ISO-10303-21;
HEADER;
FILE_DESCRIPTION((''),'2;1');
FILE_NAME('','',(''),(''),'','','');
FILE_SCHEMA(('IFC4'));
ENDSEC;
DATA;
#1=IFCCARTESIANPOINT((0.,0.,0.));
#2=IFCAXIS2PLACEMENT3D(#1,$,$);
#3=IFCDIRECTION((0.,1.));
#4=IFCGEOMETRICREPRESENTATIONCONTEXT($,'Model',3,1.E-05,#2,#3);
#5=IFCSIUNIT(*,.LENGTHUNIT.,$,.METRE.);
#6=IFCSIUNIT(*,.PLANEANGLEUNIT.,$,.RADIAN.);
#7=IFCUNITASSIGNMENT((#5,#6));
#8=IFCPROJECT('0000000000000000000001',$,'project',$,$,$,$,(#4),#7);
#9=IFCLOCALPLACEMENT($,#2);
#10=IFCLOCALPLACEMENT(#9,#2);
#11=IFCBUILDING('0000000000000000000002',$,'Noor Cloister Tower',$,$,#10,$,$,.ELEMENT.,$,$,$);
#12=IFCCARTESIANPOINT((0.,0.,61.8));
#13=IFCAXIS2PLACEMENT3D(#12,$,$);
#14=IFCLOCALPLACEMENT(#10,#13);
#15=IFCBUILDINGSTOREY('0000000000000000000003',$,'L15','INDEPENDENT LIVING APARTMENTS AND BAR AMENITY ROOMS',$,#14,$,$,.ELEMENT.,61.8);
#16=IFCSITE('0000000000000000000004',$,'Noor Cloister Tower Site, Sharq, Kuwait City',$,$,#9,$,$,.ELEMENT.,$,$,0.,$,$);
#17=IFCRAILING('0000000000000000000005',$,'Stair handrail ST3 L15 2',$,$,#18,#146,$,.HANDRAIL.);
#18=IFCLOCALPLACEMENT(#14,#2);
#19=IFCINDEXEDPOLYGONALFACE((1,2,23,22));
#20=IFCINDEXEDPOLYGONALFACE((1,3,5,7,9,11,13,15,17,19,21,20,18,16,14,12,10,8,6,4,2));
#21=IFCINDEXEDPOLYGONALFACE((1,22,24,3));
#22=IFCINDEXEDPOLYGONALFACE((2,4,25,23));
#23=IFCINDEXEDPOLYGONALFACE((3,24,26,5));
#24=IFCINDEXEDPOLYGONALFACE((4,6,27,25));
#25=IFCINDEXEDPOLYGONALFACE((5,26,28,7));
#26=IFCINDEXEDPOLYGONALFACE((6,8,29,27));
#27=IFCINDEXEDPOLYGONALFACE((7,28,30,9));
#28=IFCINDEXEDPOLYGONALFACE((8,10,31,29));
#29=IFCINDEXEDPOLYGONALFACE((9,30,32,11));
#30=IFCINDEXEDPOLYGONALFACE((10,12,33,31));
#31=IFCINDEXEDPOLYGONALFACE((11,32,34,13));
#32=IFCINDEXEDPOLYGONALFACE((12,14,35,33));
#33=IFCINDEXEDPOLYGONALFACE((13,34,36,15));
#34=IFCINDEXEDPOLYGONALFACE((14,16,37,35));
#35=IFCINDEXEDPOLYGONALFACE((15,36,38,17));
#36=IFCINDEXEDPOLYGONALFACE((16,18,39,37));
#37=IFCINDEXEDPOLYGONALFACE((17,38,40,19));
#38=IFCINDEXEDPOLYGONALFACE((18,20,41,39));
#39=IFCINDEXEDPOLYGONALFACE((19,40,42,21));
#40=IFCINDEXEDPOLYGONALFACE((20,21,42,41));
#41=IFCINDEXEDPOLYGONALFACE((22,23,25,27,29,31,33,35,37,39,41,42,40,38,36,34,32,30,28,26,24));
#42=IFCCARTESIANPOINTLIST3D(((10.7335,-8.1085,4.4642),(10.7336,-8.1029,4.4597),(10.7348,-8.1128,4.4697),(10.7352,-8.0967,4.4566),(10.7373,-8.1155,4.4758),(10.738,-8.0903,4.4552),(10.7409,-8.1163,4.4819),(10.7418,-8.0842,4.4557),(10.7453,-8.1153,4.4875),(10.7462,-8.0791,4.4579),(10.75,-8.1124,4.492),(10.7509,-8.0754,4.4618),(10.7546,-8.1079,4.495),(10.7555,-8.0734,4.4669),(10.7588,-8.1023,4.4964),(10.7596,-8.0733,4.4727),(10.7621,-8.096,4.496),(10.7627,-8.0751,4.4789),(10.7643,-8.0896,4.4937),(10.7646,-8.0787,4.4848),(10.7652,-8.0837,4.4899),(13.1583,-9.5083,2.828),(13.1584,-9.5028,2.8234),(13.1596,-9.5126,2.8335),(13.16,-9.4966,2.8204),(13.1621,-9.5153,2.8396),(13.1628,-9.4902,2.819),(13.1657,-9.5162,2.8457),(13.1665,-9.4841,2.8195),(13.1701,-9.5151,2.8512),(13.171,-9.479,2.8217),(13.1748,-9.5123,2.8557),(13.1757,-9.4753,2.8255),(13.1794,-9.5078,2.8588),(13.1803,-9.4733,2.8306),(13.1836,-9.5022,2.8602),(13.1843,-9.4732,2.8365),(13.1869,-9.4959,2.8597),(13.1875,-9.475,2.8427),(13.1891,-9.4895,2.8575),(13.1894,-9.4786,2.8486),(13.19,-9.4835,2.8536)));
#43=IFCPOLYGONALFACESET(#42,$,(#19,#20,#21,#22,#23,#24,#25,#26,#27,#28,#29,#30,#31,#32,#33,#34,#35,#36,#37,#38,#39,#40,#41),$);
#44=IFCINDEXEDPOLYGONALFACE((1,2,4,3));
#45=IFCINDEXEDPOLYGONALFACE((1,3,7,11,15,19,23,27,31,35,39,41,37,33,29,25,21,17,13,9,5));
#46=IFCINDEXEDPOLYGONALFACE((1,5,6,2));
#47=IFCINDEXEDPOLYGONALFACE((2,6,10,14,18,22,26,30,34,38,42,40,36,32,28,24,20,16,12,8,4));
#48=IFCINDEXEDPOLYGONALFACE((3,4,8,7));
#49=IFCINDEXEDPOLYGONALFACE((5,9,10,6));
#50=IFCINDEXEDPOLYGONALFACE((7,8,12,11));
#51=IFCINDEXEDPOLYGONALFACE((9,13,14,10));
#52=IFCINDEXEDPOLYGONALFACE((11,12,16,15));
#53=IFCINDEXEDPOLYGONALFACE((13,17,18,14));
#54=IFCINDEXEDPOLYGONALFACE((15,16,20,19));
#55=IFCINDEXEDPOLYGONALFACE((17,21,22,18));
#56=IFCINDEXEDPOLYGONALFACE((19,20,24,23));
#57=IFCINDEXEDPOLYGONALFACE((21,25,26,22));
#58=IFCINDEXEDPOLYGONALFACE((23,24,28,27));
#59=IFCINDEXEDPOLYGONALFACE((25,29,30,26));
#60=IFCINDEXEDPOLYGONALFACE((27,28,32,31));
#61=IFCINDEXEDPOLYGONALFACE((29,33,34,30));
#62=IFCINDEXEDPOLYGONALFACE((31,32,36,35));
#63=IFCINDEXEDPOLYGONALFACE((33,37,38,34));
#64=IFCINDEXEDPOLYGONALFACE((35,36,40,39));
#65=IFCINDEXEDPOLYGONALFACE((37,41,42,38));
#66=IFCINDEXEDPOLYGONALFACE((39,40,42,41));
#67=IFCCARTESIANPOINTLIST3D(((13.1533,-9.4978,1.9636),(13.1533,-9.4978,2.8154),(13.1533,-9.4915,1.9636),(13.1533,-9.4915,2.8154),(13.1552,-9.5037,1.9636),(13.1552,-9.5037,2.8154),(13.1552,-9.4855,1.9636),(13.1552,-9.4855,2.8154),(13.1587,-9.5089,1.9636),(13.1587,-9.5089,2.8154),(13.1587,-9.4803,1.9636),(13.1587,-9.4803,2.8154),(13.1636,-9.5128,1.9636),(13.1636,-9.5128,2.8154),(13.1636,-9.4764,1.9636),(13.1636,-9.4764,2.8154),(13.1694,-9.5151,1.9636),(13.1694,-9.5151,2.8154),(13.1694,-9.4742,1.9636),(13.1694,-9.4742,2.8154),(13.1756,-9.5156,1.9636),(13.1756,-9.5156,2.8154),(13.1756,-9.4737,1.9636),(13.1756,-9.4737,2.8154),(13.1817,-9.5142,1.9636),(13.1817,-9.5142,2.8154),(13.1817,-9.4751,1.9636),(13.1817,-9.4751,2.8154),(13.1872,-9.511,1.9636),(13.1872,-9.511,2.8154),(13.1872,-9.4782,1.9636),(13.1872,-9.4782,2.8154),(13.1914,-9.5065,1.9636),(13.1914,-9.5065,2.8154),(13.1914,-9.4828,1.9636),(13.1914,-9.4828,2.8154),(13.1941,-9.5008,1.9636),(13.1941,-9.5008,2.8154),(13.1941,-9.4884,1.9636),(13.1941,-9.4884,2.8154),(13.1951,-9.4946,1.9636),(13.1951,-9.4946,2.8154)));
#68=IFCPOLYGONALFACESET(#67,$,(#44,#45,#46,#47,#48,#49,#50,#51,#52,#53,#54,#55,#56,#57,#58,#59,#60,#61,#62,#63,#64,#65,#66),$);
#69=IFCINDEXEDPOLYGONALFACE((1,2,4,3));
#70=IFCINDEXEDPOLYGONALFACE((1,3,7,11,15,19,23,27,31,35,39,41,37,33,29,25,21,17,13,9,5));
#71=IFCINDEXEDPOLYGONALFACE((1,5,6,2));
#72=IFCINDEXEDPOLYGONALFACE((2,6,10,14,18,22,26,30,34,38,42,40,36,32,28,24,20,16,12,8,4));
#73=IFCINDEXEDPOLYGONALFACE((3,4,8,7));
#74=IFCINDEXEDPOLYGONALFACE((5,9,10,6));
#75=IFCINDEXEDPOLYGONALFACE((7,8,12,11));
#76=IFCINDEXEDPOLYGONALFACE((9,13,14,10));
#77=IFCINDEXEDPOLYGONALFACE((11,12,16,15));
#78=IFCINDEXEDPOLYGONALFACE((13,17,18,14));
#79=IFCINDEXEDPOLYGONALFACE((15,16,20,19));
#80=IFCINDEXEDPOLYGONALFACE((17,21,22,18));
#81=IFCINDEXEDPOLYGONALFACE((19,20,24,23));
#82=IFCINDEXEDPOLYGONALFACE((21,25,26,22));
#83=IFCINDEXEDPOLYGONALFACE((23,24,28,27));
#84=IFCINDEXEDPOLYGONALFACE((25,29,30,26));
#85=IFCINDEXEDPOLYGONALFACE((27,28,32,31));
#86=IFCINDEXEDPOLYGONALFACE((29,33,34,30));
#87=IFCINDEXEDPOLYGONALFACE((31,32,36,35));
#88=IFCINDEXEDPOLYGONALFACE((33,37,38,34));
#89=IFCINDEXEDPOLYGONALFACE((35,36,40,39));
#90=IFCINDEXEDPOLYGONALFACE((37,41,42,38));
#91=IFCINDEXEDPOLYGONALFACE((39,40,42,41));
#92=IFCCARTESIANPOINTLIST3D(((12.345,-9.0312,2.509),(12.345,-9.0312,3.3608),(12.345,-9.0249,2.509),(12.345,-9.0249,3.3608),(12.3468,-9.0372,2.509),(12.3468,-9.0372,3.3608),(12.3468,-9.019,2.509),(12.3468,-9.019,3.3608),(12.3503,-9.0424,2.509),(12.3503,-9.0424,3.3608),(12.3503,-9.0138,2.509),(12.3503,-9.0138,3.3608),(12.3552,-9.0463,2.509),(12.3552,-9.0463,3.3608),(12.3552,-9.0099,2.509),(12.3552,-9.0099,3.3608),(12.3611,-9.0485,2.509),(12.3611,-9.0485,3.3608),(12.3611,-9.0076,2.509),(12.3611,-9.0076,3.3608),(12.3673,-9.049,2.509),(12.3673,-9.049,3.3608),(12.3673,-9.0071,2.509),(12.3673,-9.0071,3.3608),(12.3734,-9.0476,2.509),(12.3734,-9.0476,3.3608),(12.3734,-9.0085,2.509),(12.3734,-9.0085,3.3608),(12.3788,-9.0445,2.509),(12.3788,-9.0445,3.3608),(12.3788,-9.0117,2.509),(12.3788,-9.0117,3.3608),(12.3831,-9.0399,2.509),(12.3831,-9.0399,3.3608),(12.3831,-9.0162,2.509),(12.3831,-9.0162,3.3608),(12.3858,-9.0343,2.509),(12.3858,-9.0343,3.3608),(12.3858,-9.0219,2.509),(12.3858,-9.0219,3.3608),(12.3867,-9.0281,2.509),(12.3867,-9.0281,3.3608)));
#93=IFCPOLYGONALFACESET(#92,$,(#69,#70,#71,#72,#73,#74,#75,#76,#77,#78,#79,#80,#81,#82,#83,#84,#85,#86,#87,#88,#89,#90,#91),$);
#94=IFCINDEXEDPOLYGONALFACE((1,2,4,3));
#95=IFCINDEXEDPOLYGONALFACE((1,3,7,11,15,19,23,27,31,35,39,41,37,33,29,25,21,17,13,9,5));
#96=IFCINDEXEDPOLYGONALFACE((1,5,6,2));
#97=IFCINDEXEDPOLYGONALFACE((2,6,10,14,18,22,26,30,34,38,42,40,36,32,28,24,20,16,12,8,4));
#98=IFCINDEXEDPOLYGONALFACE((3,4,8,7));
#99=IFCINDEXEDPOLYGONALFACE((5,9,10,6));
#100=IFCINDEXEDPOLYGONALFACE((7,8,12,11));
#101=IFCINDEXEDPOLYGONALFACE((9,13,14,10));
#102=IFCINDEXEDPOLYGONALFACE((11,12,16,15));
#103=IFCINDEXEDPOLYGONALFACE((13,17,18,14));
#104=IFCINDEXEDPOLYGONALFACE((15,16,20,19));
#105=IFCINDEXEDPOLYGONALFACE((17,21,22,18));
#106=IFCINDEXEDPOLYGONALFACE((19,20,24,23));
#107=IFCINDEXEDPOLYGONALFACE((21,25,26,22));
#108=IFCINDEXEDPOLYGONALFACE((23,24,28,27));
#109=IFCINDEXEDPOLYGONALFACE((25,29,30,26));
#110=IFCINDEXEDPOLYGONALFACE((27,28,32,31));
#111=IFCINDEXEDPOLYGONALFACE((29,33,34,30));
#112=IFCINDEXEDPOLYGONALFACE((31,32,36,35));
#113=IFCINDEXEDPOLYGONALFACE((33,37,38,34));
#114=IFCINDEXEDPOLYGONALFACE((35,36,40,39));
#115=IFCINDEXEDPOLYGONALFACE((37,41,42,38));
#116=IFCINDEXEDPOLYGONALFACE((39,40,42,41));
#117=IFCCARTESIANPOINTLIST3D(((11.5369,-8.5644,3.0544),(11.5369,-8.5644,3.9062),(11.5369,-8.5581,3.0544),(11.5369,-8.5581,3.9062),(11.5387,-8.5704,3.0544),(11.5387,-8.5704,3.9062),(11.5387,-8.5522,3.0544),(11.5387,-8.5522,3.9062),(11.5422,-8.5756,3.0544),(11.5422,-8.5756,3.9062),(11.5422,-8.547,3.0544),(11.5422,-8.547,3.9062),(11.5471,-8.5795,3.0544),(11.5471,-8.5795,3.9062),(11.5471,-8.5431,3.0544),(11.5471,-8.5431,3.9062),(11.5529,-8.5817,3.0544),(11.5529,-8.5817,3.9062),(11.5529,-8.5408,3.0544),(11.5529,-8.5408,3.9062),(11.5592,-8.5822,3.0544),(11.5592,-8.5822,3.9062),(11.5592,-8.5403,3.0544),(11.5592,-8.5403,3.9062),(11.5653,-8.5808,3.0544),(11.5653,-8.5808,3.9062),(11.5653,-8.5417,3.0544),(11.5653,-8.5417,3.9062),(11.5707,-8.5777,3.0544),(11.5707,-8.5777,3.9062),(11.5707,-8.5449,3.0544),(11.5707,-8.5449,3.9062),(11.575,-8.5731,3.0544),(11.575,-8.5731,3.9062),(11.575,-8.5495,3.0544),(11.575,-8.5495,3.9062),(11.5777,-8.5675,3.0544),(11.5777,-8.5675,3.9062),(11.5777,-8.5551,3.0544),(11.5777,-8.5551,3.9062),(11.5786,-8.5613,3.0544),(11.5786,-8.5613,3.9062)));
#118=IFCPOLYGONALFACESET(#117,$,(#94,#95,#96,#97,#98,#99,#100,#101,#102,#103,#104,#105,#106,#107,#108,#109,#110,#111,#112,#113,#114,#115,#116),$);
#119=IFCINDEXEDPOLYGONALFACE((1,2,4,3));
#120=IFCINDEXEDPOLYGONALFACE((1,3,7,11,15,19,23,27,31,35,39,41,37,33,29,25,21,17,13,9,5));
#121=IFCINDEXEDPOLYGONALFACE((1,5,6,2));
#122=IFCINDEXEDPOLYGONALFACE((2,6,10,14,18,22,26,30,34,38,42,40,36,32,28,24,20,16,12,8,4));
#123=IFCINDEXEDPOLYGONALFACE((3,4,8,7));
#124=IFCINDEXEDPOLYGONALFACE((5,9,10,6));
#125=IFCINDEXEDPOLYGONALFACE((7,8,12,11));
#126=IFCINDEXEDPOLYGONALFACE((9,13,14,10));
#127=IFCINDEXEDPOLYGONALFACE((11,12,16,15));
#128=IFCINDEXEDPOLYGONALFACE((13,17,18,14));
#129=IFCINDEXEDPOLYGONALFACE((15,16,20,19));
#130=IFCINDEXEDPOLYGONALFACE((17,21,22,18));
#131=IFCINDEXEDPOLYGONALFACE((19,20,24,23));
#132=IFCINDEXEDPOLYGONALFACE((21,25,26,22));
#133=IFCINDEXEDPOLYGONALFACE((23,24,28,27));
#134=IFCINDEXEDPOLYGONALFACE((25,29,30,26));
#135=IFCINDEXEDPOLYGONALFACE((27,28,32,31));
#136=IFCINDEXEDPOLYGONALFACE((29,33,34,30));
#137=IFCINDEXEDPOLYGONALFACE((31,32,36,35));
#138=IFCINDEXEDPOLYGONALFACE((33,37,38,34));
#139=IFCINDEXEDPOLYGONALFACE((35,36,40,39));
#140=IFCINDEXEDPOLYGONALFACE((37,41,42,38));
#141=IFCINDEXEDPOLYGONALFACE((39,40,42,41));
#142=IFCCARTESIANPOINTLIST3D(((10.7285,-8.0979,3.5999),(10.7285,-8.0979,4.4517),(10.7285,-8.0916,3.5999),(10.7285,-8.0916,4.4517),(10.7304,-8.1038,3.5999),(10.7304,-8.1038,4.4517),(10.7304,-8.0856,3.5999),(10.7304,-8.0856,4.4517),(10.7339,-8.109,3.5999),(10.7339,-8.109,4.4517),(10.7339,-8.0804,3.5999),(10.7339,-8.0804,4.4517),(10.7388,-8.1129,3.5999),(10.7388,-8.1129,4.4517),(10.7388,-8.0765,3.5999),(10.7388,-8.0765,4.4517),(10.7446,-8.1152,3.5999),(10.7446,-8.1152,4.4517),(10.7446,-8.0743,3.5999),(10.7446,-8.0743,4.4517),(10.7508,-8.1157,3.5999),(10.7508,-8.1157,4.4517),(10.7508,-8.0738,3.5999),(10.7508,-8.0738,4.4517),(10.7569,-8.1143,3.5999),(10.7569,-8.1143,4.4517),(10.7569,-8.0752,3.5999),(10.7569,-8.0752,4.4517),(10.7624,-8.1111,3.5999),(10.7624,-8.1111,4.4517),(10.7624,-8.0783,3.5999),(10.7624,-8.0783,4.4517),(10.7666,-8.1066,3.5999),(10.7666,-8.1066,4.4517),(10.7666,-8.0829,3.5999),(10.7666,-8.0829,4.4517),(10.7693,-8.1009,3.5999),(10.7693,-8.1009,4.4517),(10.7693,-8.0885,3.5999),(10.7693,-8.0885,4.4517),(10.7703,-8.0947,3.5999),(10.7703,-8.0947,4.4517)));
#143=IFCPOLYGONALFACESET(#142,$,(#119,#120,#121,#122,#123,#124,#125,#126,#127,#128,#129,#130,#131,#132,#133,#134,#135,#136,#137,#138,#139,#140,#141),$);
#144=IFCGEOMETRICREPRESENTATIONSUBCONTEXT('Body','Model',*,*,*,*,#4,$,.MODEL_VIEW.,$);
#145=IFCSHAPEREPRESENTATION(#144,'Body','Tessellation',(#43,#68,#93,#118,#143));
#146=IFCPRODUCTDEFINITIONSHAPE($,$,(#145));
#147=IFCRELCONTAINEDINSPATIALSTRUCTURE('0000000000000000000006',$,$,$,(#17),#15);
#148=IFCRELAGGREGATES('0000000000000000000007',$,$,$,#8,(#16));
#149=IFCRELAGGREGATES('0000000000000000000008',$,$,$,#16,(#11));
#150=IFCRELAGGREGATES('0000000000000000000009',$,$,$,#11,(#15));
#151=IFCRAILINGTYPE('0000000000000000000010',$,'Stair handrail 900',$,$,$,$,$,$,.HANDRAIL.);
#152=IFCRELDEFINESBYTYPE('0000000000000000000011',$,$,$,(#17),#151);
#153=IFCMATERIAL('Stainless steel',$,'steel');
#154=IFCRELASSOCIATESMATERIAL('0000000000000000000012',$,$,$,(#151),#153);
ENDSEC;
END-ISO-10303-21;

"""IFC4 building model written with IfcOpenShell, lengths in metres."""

from ifc_helpers import new_model, si_unit, direction, frame, origin, origin_2d, place, context, subcontext, project, spatial, circle, extrude, material, type_object, element, save


model = new_model("IFC4")

# Units and contexts
model_context = context("Model", 3, precision=1e-05, world=origin(), true_north=direction((0.0, 1.0)))
body_context = subcontext(model_context, "Body", "Model", "MODEL_VIEW")
ifc_project = project(units=[si_unit("LENGTHUNIT", "METRE"), si_unit("PLANEANGLEUNIT", "RADIAN")], contexts=[model_context])

# Site, building, storey
site_placement = place(None, origin())
site = spatial("IfcSite", under=ifc_project, at=site_placement, Name="Noor Cloister Tower Site, Sharq, Kuwait City", CompositionType="ELEMENT", RefElevation=0.0)
building_placement = place(site_placement, origin())
building = spatial("IfcBuilding", under=site, at=building_placement, Name="Noor Cloister Tower", CompositionType="ELEMENT")
storey_placement = place(building_placement, frame((0.0, 0.0, 61.8)))
storey = spatial("IfcBuildingStorey", under=building, at=storey_placement, Name="L15", Description="INDEPENDENT LIVING APARTMENTS AND BAR AMENITY ROOMS", CompositionType="ELEMENT", Elevation=61.8)

# Railing
ifc_material_1 = material(Name="Stainless steel", Category="steel")
railing_type = type_object("IfcRailingType", Name="Stair handrail 900", PredefinedType="HANDRAIL", material=ifc_material_1)
railing_placement = place(storey_placement, frame((13.1741, -9.4946, 1.9636)))
element("IfcRailing", 1, at=railing_placement, inside=storey, type_object=railing_type, Name="Stair handrail ST3 L15 2", PredefinedType="HANDRAIL", context=body_context, shape_type="SweptSolid", body=[
    extrude(circle(Radius=0.0239, at=origin_2d()), frame((0.0, 0.0, 0.876), z_axis=(-0.747718, 0.431677, 0.504552), x_axis=(-0.499984, -0.866035, 0.0)), (0.0, 0.0, 1.0), 3.2429),
    extrude(circle(Radius=0.021, at=origin_2d()), origin(), (0.0, 0.0, 1.0), 0.8518),
    extrude(circle(Radius=0.021, at=origin_2d()), frame((-0.8083, 0.4666, 0.5454)), (0.0, 0.0, 1.0), 0.8518),
    extrude(circle(Radius=0.021, at=origin_2d()), frame((-1.6165, 0.9333, 1.0908)), (0.0, 0.0, 1.0), 0.8518),
    extrude(circle(Radius=0.021, at=origin_2d()), frame((-2.4248, 1.3999, 1.6362)), (0.0, 0.0, 1.0), 0.8518),
])

save(model, "model.ifc")
